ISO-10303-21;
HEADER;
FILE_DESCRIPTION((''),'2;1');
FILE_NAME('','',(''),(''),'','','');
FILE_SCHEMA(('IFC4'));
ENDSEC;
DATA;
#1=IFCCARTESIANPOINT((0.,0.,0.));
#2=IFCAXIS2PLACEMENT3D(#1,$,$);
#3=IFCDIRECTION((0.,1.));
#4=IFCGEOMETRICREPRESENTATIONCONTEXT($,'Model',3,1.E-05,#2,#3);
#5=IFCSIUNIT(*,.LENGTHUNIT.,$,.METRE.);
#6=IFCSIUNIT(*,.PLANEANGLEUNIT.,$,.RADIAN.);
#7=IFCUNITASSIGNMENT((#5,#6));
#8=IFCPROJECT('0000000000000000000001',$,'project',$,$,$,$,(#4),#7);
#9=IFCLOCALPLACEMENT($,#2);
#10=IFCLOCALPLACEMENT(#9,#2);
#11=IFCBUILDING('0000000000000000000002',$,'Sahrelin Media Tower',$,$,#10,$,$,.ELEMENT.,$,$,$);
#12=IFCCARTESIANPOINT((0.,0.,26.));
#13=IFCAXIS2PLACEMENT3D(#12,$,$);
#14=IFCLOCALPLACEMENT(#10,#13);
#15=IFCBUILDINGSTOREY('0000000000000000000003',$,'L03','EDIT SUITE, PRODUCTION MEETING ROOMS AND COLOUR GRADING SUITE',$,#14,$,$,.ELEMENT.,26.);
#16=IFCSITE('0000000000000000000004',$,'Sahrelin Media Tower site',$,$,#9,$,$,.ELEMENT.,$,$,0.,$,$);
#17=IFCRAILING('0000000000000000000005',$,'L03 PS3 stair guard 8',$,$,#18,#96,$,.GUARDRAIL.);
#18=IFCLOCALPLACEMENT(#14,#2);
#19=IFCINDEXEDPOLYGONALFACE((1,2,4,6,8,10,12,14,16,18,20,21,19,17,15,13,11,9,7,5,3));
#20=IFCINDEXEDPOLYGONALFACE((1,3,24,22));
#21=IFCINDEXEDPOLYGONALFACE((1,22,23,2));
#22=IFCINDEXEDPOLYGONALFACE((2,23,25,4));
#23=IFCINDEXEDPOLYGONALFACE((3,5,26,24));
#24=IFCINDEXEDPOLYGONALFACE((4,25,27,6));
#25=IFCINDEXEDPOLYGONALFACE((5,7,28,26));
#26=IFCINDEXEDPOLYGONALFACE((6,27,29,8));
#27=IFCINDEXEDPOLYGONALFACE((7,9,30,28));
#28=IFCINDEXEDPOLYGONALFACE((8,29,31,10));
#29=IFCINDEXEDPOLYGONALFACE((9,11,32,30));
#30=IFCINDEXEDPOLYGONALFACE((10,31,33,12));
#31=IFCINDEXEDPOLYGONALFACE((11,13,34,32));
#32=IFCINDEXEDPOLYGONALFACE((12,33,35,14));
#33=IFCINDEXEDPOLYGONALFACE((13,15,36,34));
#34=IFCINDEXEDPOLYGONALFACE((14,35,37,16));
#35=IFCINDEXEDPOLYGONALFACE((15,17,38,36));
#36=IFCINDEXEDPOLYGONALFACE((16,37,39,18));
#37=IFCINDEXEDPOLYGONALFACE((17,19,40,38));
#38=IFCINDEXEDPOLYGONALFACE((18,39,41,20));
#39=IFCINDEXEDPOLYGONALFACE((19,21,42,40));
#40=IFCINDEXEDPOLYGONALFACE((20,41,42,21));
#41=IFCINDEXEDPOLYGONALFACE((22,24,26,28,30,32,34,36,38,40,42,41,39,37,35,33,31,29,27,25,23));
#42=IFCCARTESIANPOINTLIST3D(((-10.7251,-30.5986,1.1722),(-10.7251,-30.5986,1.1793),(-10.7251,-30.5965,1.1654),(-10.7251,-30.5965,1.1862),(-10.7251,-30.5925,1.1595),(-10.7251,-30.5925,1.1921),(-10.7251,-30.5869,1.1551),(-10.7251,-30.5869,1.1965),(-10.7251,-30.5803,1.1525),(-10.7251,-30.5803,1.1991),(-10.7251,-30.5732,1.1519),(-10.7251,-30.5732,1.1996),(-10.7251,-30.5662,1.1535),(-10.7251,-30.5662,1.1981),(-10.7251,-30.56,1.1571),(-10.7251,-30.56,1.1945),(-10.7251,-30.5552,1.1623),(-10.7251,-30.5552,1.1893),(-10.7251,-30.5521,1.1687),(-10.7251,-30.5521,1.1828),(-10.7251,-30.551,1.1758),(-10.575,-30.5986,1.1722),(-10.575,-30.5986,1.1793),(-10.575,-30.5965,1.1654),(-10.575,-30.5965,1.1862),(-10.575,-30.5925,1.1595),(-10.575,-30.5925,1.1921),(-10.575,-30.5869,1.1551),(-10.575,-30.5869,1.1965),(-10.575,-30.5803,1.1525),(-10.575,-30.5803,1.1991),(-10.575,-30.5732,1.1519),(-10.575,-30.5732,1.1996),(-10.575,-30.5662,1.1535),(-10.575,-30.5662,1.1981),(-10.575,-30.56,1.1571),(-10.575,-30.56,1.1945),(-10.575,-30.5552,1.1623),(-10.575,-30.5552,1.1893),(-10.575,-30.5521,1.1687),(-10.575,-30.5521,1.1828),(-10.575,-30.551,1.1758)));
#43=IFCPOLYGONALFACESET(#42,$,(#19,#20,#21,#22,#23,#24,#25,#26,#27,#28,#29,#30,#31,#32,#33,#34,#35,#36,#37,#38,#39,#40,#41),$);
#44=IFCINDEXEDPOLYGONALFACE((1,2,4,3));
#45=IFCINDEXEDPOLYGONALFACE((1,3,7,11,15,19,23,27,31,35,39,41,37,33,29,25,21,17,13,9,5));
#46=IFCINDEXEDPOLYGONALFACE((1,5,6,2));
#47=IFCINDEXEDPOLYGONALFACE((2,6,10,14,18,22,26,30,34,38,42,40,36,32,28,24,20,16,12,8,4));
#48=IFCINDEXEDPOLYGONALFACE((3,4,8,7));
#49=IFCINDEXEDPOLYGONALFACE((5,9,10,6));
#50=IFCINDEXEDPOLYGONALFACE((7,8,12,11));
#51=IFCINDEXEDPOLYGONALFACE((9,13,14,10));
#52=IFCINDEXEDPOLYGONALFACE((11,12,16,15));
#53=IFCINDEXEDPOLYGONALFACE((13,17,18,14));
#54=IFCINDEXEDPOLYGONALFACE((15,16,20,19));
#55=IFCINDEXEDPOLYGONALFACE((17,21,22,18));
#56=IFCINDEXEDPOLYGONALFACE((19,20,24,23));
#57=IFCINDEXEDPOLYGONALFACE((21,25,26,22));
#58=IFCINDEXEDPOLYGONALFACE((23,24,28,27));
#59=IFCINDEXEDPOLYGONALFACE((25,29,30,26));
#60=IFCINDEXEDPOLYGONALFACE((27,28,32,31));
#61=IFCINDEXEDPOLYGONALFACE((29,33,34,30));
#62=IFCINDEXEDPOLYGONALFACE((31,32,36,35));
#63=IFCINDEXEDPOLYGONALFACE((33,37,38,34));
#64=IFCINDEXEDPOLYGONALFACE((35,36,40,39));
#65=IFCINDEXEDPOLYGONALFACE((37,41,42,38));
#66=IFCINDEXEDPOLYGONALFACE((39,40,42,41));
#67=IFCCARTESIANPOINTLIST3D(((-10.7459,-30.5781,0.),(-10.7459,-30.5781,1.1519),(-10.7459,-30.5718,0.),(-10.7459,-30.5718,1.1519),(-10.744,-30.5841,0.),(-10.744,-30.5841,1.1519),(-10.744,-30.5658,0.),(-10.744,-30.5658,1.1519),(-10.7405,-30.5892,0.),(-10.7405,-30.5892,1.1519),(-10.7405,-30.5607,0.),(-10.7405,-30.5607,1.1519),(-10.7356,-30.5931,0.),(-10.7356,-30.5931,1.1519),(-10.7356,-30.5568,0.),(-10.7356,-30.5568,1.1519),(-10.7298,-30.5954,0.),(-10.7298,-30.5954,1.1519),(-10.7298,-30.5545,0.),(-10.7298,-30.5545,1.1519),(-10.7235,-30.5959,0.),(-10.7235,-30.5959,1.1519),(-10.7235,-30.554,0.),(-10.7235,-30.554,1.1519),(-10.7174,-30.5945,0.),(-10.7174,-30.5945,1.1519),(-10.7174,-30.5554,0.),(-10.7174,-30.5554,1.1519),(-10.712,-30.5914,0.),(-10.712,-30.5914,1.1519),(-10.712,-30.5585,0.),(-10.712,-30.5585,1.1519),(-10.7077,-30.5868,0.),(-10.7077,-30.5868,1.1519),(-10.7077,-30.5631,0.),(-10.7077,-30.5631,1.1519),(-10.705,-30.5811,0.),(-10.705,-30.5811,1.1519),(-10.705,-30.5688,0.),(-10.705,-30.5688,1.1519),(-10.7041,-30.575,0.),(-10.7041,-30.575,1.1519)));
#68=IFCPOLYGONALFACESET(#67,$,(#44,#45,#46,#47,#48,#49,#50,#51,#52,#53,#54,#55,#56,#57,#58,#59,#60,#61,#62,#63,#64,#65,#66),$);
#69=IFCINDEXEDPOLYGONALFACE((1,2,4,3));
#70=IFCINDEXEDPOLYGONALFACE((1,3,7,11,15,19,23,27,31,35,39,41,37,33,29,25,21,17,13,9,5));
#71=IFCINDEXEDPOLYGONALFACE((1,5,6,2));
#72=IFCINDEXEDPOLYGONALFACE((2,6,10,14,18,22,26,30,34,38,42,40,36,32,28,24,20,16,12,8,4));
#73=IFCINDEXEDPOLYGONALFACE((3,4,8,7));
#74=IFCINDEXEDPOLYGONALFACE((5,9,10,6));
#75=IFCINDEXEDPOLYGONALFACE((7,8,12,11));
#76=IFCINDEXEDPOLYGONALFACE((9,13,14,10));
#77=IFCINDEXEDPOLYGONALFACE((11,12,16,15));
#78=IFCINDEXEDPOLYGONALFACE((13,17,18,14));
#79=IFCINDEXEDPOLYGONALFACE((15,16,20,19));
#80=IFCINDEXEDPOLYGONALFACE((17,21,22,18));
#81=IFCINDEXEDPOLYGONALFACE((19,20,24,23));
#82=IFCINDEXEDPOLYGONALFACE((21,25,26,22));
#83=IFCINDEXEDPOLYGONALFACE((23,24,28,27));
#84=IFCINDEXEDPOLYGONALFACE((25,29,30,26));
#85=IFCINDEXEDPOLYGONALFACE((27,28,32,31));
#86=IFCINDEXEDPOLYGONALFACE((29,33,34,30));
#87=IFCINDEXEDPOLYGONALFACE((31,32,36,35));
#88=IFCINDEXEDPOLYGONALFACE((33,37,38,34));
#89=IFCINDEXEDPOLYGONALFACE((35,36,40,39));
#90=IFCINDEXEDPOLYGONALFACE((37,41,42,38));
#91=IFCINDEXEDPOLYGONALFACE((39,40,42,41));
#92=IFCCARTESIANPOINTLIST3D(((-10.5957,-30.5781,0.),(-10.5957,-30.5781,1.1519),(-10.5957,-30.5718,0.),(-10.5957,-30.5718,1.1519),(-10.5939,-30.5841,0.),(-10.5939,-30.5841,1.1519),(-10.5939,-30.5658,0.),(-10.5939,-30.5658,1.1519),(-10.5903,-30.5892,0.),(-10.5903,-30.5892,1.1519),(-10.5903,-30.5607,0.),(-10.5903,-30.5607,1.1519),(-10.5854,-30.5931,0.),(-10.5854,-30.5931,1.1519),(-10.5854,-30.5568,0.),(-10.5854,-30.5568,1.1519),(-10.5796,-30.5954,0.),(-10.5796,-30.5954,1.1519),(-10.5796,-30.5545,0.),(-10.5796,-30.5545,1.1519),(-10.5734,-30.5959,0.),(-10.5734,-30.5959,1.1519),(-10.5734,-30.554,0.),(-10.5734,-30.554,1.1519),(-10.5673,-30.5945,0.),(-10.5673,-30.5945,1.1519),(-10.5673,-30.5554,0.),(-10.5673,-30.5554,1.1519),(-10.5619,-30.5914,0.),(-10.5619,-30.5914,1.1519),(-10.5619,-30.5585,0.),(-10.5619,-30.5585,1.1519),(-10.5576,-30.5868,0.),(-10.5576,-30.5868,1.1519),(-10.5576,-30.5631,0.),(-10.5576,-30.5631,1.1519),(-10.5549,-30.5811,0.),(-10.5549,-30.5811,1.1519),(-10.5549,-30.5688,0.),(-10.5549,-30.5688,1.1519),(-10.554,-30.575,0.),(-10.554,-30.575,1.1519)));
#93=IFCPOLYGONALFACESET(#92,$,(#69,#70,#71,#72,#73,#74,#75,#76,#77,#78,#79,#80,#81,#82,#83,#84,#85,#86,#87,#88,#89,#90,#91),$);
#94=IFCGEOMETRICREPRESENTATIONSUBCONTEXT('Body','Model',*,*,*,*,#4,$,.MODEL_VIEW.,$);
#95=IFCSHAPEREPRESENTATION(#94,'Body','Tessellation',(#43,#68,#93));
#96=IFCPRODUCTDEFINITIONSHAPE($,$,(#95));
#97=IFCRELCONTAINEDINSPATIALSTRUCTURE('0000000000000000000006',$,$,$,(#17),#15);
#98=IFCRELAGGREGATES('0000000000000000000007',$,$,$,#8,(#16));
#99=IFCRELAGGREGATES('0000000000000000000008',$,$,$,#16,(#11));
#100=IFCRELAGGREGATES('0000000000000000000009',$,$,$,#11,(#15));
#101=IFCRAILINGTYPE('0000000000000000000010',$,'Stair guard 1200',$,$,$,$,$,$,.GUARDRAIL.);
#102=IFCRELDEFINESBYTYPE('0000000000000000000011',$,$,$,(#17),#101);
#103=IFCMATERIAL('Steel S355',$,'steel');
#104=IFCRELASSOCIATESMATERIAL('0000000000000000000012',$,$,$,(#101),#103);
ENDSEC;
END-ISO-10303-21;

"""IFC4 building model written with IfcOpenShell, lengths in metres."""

from ifc_helpers import new_model, si_unit, direction, frame, origin, origin_2d, place, context, subcontext, project, spatial, circle, extrude, material, type_object, element, save


model = new_model("IFC4")

# Units and contexts
model_context = context("Model", 3, precision=1e-05, world=origin(), true_north=direction((0.0, 1.0)))
body_context = subcontext(model_context, "Body", "Model", "MODEL_VIEW")
ifc_project = project(units=[si_unit("LENGTHUNIT", "METRE"), si_unit("PLANEANGLEUNIT", "RADIAN")], contexts=[model_context])

# Site, building, storey
site_placement = place(None, origin())
site = spatial("IfcSite", under=ifc_project, at=site_placement, Name="Sahrelin Media Tower site", CompositionType="ELEMENT", RefElevation=0.0)
building_placement = place(site_placement, origin())
building = spatial("IfcBuilding", under=site, at=building_placement, Name="Sahrelin Media Tower", CompositionType="ELEMENT")
storey_placement = place(building_placement, frame((0.0, 0.0, 26.0)))
storey = spatial("IfcBuildingStorey", under=building, at=storey_placement, Name="L03", Description="EDIT SUITE, PRODUCTION MEETING ROOMS AND COLOUR GRADING SUITE", CompositionType="ELEMENT", Elevation=26.0)

# Shared definitions
ifc_material_1 = material(Name="Steel S355", Category="steel")

# Railing
railing_type_1 = type_object("IfcRailingType", Name="Stair guard 1200", PredefinedType="GUARDRAIL", material=ifc_material_1)
railing_1_placement = place(storey_placement, frame((-10.7251, -30.575, 0.0)))
element("IfcRailing", 1, at=railing_1_placement, inside=storey, type_object=railing_type_1, Name="L03 PS3 stair guard 8", PredefinedType="GUARDRAIL", context=body_context, shape_type="SweptSolid", body=[
    extrude(circle(Radius=0.0239, at=origin_2d()), frame((0.0, 0.0, 1.1758), z_axis=(1.0, 0.0, 0.0), x_axis=(0.0, 1.0, 0.0)), (0.0, 0.0, 1.0), 0.1501),
    extrude(circle(Radius=0.021, at=origin_2d()), origin(), (0.0, 0.0, 1.0), 1.1519),
    extrude(circle(Radius=0.021, at=origin_2d()), frame((0.1501, 0.0, 0.0)), (0.0, 0.0, 1.0), 1.1519),
])

save(model, "model.ifc")
